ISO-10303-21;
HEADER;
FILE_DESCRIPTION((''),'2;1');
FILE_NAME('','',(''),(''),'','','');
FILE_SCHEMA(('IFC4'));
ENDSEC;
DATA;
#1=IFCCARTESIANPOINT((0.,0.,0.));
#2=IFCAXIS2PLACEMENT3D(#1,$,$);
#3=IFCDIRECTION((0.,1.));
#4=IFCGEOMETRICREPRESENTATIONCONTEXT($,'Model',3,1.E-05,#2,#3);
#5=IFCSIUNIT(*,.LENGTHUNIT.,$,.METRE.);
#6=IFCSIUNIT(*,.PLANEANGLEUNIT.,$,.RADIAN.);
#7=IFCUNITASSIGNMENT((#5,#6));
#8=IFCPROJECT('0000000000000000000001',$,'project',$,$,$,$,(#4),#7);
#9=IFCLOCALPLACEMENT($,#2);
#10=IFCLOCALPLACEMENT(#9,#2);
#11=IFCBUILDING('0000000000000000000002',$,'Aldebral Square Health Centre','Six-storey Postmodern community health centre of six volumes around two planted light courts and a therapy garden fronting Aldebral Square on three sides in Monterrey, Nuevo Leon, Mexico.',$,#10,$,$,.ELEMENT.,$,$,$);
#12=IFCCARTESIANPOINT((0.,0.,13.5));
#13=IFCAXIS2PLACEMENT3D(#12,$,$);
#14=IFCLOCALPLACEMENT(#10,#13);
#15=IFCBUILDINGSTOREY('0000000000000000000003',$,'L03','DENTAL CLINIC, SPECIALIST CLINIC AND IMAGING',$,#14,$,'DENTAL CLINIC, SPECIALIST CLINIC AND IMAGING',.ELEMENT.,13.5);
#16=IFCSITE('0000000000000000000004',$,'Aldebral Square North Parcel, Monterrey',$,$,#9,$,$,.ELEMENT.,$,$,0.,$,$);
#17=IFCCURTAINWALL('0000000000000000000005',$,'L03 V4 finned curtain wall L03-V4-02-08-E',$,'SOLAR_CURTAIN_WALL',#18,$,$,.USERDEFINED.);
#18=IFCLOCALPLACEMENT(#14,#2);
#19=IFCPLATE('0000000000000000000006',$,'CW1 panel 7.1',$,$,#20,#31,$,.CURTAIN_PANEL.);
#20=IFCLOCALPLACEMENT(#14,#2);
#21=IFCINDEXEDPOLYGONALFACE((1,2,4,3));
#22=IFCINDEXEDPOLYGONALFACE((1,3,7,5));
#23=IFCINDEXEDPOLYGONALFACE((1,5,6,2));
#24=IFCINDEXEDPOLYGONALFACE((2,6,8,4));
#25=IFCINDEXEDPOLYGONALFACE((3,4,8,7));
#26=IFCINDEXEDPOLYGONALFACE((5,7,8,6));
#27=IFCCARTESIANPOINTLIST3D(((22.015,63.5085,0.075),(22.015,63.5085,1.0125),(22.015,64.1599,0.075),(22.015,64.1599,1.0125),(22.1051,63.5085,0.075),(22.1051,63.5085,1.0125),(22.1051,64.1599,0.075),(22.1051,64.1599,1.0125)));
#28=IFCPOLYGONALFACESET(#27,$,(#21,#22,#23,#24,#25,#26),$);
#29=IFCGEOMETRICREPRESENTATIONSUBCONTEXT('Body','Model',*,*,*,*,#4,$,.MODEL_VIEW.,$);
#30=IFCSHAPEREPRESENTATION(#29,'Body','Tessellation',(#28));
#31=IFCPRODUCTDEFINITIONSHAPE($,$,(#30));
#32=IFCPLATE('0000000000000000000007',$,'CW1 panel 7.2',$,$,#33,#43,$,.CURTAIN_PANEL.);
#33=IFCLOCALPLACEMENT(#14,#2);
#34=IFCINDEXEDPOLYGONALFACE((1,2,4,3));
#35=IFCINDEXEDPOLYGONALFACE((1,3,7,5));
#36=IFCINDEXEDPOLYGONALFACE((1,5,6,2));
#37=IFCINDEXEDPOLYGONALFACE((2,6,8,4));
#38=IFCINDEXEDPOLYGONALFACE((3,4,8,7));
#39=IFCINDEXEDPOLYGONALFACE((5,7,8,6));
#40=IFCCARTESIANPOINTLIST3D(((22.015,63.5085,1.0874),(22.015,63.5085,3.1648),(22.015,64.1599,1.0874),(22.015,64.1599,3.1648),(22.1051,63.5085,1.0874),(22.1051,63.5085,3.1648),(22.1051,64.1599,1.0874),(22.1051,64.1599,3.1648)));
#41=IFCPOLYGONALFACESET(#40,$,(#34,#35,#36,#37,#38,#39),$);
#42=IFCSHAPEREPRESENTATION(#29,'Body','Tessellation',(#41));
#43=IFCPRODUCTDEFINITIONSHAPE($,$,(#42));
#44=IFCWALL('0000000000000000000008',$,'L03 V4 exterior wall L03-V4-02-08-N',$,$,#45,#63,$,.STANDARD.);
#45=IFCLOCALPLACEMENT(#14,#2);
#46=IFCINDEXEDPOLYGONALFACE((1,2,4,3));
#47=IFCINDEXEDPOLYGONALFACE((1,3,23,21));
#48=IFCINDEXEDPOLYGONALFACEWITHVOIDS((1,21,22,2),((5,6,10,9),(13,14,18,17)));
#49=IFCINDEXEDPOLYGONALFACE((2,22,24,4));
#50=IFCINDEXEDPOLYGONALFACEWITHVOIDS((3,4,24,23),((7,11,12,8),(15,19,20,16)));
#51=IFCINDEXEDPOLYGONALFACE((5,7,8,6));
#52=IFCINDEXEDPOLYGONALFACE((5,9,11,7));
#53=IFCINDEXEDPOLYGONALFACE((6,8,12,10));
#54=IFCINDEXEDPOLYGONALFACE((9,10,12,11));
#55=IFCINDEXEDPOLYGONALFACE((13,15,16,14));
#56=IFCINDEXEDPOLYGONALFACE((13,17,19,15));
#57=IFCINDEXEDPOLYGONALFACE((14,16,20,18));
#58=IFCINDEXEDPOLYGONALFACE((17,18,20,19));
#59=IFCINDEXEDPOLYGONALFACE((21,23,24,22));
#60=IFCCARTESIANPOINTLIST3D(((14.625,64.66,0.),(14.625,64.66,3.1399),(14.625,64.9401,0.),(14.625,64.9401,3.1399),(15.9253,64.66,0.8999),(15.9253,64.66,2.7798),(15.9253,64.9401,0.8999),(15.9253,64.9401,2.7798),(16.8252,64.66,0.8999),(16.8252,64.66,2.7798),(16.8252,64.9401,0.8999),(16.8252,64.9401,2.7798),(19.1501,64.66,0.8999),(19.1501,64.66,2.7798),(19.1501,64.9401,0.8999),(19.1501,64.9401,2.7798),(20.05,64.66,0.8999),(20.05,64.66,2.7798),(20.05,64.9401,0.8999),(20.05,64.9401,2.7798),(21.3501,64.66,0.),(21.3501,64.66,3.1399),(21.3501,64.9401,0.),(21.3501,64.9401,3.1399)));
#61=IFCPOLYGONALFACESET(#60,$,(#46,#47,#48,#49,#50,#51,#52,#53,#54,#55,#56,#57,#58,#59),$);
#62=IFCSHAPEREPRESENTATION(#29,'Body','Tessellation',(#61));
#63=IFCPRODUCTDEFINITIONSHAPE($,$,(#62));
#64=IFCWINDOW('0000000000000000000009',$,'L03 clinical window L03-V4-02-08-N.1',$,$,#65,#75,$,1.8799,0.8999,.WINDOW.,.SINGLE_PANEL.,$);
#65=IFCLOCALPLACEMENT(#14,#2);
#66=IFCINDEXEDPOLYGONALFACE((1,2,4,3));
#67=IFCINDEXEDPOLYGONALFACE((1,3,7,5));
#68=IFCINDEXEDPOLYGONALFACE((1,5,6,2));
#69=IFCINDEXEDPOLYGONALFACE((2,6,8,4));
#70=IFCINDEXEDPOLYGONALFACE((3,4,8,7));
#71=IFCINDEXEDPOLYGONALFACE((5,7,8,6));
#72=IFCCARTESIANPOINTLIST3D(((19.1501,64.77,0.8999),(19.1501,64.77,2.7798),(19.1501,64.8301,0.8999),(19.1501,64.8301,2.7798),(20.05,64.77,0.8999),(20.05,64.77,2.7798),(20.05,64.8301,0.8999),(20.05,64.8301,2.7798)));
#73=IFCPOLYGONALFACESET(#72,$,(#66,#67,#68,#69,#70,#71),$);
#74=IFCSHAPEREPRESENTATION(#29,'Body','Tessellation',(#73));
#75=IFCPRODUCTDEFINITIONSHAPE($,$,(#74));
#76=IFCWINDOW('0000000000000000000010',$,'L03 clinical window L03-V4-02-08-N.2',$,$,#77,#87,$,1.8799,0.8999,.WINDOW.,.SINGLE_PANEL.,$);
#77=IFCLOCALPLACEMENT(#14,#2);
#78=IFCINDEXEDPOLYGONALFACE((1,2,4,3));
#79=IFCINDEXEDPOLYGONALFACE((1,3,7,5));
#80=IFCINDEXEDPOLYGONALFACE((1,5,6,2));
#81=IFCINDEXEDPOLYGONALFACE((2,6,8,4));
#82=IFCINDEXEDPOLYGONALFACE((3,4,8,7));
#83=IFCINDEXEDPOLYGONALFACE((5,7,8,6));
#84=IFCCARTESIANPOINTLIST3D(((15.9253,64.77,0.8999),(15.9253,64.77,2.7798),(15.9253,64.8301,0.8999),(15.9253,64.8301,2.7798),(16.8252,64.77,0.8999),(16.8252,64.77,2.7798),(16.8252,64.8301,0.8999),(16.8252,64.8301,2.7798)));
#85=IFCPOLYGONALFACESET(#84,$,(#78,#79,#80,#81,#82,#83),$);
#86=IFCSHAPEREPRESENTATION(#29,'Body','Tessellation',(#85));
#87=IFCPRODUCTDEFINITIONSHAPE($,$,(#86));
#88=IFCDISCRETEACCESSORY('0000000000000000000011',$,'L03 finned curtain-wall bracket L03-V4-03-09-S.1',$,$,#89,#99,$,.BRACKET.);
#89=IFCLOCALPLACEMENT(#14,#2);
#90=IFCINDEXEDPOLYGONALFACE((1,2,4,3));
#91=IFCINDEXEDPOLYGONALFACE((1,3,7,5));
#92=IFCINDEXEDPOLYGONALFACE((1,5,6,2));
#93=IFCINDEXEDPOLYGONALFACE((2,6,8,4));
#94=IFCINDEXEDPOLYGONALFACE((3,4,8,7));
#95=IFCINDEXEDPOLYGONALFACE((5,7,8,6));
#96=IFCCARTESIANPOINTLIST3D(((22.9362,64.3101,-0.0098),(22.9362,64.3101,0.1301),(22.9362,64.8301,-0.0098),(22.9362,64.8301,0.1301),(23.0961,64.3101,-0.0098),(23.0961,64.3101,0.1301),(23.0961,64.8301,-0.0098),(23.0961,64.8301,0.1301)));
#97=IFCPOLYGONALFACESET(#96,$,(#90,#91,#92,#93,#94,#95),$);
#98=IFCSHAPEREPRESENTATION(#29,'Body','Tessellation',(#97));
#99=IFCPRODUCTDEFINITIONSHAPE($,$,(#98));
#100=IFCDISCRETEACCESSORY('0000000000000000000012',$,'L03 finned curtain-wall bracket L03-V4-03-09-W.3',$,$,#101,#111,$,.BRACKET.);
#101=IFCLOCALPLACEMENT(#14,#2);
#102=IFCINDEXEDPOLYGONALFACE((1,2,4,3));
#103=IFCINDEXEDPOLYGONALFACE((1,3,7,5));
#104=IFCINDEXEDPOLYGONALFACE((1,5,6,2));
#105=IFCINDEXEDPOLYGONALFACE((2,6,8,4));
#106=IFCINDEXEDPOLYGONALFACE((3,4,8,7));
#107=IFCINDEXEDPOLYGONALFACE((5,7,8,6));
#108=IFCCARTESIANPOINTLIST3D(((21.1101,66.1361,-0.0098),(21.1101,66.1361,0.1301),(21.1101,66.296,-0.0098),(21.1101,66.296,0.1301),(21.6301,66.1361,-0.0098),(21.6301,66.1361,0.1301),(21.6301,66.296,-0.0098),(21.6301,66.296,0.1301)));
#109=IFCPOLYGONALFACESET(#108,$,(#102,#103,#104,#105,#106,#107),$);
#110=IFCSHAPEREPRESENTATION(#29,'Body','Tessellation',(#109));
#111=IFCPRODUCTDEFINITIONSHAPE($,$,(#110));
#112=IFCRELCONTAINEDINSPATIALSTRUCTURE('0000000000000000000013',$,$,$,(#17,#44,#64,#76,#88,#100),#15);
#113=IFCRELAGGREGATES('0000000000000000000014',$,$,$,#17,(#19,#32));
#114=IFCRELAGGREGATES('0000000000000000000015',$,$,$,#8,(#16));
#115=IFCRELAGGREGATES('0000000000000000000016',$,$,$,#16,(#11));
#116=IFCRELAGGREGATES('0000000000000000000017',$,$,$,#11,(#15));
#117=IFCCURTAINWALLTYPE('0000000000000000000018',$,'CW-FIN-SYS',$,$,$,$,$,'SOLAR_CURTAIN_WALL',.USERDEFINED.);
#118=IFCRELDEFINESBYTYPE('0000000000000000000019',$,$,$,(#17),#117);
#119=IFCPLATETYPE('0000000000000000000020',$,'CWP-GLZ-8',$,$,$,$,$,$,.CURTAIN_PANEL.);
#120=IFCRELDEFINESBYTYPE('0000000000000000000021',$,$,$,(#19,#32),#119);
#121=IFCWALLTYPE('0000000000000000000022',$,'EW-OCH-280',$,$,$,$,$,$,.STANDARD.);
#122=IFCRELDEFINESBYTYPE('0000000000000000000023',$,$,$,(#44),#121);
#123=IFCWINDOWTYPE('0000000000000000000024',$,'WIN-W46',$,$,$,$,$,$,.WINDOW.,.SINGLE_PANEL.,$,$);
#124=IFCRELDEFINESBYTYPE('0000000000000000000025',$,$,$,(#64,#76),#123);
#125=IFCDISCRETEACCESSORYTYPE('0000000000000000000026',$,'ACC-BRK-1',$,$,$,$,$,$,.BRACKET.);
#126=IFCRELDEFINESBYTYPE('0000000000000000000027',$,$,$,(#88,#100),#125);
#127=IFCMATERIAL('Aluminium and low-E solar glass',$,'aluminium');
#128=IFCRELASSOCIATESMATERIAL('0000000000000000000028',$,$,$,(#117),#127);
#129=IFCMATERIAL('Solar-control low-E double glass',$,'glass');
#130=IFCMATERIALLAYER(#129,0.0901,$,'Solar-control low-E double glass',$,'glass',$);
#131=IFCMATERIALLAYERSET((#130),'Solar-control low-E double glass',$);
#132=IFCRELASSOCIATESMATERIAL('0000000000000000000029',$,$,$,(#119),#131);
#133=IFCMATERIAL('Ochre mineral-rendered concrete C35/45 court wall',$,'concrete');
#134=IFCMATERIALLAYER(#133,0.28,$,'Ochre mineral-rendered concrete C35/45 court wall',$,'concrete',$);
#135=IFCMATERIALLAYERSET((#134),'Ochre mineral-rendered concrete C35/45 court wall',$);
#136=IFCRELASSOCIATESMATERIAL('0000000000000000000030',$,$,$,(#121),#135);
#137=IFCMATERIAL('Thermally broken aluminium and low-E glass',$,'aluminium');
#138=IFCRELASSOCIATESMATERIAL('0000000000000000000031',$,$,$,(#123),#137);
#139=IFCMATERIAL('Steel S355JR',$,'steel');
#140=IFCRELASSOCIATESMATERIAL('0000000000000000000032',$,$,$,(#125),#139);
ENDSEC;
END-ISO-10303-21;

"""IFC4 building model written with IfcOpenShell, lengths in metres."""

from ifc_helpers import new_model, si_unit, direction, frame, frame_2d, origin, origin_2d, place, context, subcontext, project, spatial, rectangle, extrude, material, layer, layer_set, type_object, element, fill, aggregate, save


model = new_model("IFC4")

# Units and contexts
model_context = context("Model", 3, precision=1e-05, world=origin(), true_north=direction((0.0, 1.0)))
body_context = subcontext(model_context, "Body", "Model", "MODEL_VIEW")
ifc_project = project(units=[si_unit("LENGTHUNIT", "METRE"), si_unit("PLANEANGLEUNIT", "RADIAN")], contexts=[model_context])

# Site, building, storey
site_placement = place(None, origin())
site = spatial("IfcSite", under=ifc_project, at=site_placement, Name="Aldebral Square North Parcel, Monterrey", CompositionType="ELEMENT", RefElevation=0.0)
building_placement = place(site_placement, origin())
building = spatial("IfcBuilding", under=site, at=building_placement, Name="Aldebral Square Health Centre", Description="Six-storey Postmodern community health centre of six volumes around two planted light courts and a therapy garden fronting Aldebral Square on three sides in Monterrey, Nuevo Leon, Mexico.", CompositionType="ELEMENT")
storey_placement = place(building_placement, frame((0.0, 0.0, 13.5)))
storey = spatial("IfcBuildingStorey", under=building, at=storey_placement, Name="L03", Description="DENTAL CLINIC, SPECIALIST CLINIC AND IMAGING", LongName="DENTAL CLINIC, SPECIALIST CLINIC AND IMAGING", CompositionType="ELEMENT", Elevation=13.5)

# Curtain wall
ifc_material_1 = material(Name="Aluminium and low-E solar glass", Category="aluminium")
curtain_wall_type = type_object("IfcCurtainWallType", Name="CW-FIN-SYS", ElementType="SOLAR_CURTAIN_WALL", PredefinedType="USERDEFINED", material=ifc_material_1)
curtain_wall_1_placement = place(storey_placement, origin())
curtain_wall_1 = element("IfcCurtainWall", 1, at=curtain_wall_1_placement, inside=storey, type_object=curtain_wall_type, Name="L03 V4 finned curtain wall L03-V4-02-08-E", ObjectType="SOLAR_CURTAIN_WALL", PredefinedType="USERDEFINED")

# Plates
ifc_material_2 = material(Name="Solar-control low-E double glass", Category="glass")
ifc_layer_1 = layer(ifc_material_2, 0.0901, Name="Solar-control low-E double glass", Category="glass")
ifc_layer_set_1 = layer_set([ifc_layer_1], Name="Solar-control low-E double glass")
plate_type_1 = type_object("IfcPlateType", Name="CWP-GLZ-8", PredefinedType="CURTAIN_PANEL", material=ifc_layer_set_1)
plate_1_placement = place(storey_placement, frame((22.0601, 63.8342, 0.075), z_axis=(0.0, 0.0, 1.0), x_axis=(0.0, 1.0, 0.0)))
plate_1 = element("IfcPlate", 2, at=plate_1_placement, type_object=plate_type_1, Name="CW1 panel 7.1", PredefinedType="CURTAIN_PANEL", context=body_context, shape_type="SweptSolid", body=[
    extrude(rectangle(XDim=0.6514, YDim=0.0901, at=origin_2d()), origin(), (0.0, 0.0, 1.0), 0.9375),
])
plate_2_placement = place(storey_placement, frame((22.0601, 63.8342, 1.0874), z_axis=(0.0, 0.0, 1.0), x_axis=(0.0, 1.0, 0.0)))
plate_2 = element("IfcPlate", 3, at=plate_2_placement, type_object=plate_type_1, Name="CW1 panel 7.2", PredefinedType="CURTAIN_PANEL", context=body_context, shape_type="SweptSolid", body=[
    extrude(rectangle(XDim=0.6514, YDim=0.0901, at=origin_2d()), origin(), (0.0, 0.0, 1.0), 2.0774),
])
aggregate(curtain_wall_1, [plate_1, plate_2])

# Wall, openings, windows
ifc_material_3 = material(Name="Ochre mineral-rendered concrete C35/45 court wall", Category="concrete")
ifc_layer_2 = layer(ifc_material_3, 0.28, Name="Ochre mineral-rendered concrete C35/45 court wall", Category="concrete")
ifc_layer_set_2 = layer_set([ifc_layer_2], Name="Ochre mineral-rendered concrete C35/45 court wall")
wall_type = type_object("IfcWallType", Name="EW-OCH-280", PredefinedType="STANDARD", material=ifc_layer_set_2)
wall_placement = place(storey_placement, frame((21.3501, 64.8, 0.0), z_axis=(0.0, 0.0, 1.0), x_axis=(-1.0, 0.0, 0.0)))
wall = element("IfcWall", 4, at=wall_placement, inside=storey, type_object=wall_type, Name="L03 V4 exterior wall L03-V4-02-08-N", PredefinedType="STANDARD", context=body_context, shape_type="SweptSolid", body=[
    extrude(rectangle(XDim=6.7251, YDim=0.28, at=frame_2d((3.3625, 0.0))), origin(), (0.0, 0.0, 1.0), 3.1399),
])
opening_1_placement = place(wall_placement, frame((1.3, 0.0, 0.8999)))
opening_1 = element("IfcOpeningElement", 5, at=opening_1_placement, cuts=wall, PredefinedType="OPENING", context=body_context, shape_type="SweptSolid", body=[
    extrude(rectangle(XDim=0.8999, YDim=1.8799, at=frame_2d((0.45, 0.9399))), frame((0.0, 0.1499, 0.0), z_axis=(0.0, -1.0, 0.0), x_axis=(1.0, 0.0, 0.0)), (0.0, 0.0, 1.0), 0.3),
])
opening_2_placement = place(wall_placement, frame((4.5249, 0.0, 0.8999)))
opening_2 = element("IfcOpeningElement", 6, at=opening_2_placement, cuts=wall, PredefinedType="OPENING", context=body_context, shape_type="SweptSolid", body=[
    extrude(rectangle(XDim=0.8999, YDim=1.8799, at=frame_2d((0.45, 0.9399))), frame((0.0, 0.1499, 0.0), z_axis=(0.0, -1.0, 0.0), x_axis=(1.0, 0.0, 0.0)), (0.0, 0.0, 1.0), 0.3),
])
ifc_material_4 = material(Name="Thermally broken aluminium and low-E glass", Category="aluminium")
window_type = type_object("IfcWindowType", Name="WIN-W46", PartitioningType="SINGLE_PANEL", PredefinedType="WINDOW", material=ifc_material_4)
window_1_placement = place(opening_1_placement, origin())
window_1 = element("IfcWindow", 7, at=window_1_placement, inside=storey, type_object=window_type, Name="L03 clinical window L03-V4-02-08-N.1", OverallHeight=1.8799, OverallWidth=0.8999, PartitioningType="SINGLE_PANEL", PredefinedType="WINDOW", context=body_context, shape_type="SweptSolid", body=[
    extrude(rectangle(XDim=0.8999, YDim=1.8799, at=frame_2d((0.45, 0.9399))), frame((0.0, 0.03, 0.0), z_axis=(0.0, -1.0, 0.0), x_axis=(1.0, 0.0, 0.0)), (0.0, 0.0, 1.0), 0.0601),
])
fill(opening_1, window_1)
window_2_placement = place(opening_2_placement, origin())
window_2 = element("IfcWindow", 8, at=window_2_placement, inside=storey, type_object=window_type, Name="L03 clinical window L03-V4-02-08-N.2", OverallHeight=1.8799, OverallWidth=0.8999, PartitioningType="SINGLE_PANEL", PredefinedType="WINDOW", context=body_context, shape_type="SweptSolid", body=[
    extrude(rectangle(XDim=0.8999, YDim=1.8799, at=frame_2d((0.45, 0.9399))), frame((0.0, 0.03, 0.0), z_axis=(0.0, -1.0, 0.0), x_axis=(1.0, 0.0, 0.0)), (0.0, 0.0, 1.0), 0.0601),
])
fill(opening_2, window_2)

# Discrete accessories
ifc_material_5 = material(Name="Steel S355JR", Category="steel")
discrete_accessory_type = type_object("IfcDiscreteAccessoryType", Name="ACC-BRK-1", PredefinedType="BRACKET", material=ifc_material_5)
for number, where, z_axis, x_axis, name in (
    (9, (23.0161, 64.5701, -0.0098), (0.0, 0.0, 1.0), (1.0, 0.0, 0.0), "L03 finned curtain-wall bracket L03-V4-03-09-S.1"),
    (10, (21.3701, 66.2161, -0.0098), (0.0, 0.0, 1.0), (0.0, 1.0, 0.0), "L03 finned curtain-wall bracket L03-V4-03-09-W.3"),
):
    element("IfcDiscreteAccessory", number, at=place(storey_placement, frame(where, z_axis=z_axis, x_axis=x_axis)), inside=storey, type_object=discrete_accessory_type, Name=name, PredefinedType="BRACKET", context=body_context, shape_type="SweptSolid", body=[
        extrude(rectangle(XDim=0.1599, YDim=0.52, at=origin_2d()), origin(), (0.0, 0.0, 1.0), 0.1399),
    ])

save(model, "model.ifc")
